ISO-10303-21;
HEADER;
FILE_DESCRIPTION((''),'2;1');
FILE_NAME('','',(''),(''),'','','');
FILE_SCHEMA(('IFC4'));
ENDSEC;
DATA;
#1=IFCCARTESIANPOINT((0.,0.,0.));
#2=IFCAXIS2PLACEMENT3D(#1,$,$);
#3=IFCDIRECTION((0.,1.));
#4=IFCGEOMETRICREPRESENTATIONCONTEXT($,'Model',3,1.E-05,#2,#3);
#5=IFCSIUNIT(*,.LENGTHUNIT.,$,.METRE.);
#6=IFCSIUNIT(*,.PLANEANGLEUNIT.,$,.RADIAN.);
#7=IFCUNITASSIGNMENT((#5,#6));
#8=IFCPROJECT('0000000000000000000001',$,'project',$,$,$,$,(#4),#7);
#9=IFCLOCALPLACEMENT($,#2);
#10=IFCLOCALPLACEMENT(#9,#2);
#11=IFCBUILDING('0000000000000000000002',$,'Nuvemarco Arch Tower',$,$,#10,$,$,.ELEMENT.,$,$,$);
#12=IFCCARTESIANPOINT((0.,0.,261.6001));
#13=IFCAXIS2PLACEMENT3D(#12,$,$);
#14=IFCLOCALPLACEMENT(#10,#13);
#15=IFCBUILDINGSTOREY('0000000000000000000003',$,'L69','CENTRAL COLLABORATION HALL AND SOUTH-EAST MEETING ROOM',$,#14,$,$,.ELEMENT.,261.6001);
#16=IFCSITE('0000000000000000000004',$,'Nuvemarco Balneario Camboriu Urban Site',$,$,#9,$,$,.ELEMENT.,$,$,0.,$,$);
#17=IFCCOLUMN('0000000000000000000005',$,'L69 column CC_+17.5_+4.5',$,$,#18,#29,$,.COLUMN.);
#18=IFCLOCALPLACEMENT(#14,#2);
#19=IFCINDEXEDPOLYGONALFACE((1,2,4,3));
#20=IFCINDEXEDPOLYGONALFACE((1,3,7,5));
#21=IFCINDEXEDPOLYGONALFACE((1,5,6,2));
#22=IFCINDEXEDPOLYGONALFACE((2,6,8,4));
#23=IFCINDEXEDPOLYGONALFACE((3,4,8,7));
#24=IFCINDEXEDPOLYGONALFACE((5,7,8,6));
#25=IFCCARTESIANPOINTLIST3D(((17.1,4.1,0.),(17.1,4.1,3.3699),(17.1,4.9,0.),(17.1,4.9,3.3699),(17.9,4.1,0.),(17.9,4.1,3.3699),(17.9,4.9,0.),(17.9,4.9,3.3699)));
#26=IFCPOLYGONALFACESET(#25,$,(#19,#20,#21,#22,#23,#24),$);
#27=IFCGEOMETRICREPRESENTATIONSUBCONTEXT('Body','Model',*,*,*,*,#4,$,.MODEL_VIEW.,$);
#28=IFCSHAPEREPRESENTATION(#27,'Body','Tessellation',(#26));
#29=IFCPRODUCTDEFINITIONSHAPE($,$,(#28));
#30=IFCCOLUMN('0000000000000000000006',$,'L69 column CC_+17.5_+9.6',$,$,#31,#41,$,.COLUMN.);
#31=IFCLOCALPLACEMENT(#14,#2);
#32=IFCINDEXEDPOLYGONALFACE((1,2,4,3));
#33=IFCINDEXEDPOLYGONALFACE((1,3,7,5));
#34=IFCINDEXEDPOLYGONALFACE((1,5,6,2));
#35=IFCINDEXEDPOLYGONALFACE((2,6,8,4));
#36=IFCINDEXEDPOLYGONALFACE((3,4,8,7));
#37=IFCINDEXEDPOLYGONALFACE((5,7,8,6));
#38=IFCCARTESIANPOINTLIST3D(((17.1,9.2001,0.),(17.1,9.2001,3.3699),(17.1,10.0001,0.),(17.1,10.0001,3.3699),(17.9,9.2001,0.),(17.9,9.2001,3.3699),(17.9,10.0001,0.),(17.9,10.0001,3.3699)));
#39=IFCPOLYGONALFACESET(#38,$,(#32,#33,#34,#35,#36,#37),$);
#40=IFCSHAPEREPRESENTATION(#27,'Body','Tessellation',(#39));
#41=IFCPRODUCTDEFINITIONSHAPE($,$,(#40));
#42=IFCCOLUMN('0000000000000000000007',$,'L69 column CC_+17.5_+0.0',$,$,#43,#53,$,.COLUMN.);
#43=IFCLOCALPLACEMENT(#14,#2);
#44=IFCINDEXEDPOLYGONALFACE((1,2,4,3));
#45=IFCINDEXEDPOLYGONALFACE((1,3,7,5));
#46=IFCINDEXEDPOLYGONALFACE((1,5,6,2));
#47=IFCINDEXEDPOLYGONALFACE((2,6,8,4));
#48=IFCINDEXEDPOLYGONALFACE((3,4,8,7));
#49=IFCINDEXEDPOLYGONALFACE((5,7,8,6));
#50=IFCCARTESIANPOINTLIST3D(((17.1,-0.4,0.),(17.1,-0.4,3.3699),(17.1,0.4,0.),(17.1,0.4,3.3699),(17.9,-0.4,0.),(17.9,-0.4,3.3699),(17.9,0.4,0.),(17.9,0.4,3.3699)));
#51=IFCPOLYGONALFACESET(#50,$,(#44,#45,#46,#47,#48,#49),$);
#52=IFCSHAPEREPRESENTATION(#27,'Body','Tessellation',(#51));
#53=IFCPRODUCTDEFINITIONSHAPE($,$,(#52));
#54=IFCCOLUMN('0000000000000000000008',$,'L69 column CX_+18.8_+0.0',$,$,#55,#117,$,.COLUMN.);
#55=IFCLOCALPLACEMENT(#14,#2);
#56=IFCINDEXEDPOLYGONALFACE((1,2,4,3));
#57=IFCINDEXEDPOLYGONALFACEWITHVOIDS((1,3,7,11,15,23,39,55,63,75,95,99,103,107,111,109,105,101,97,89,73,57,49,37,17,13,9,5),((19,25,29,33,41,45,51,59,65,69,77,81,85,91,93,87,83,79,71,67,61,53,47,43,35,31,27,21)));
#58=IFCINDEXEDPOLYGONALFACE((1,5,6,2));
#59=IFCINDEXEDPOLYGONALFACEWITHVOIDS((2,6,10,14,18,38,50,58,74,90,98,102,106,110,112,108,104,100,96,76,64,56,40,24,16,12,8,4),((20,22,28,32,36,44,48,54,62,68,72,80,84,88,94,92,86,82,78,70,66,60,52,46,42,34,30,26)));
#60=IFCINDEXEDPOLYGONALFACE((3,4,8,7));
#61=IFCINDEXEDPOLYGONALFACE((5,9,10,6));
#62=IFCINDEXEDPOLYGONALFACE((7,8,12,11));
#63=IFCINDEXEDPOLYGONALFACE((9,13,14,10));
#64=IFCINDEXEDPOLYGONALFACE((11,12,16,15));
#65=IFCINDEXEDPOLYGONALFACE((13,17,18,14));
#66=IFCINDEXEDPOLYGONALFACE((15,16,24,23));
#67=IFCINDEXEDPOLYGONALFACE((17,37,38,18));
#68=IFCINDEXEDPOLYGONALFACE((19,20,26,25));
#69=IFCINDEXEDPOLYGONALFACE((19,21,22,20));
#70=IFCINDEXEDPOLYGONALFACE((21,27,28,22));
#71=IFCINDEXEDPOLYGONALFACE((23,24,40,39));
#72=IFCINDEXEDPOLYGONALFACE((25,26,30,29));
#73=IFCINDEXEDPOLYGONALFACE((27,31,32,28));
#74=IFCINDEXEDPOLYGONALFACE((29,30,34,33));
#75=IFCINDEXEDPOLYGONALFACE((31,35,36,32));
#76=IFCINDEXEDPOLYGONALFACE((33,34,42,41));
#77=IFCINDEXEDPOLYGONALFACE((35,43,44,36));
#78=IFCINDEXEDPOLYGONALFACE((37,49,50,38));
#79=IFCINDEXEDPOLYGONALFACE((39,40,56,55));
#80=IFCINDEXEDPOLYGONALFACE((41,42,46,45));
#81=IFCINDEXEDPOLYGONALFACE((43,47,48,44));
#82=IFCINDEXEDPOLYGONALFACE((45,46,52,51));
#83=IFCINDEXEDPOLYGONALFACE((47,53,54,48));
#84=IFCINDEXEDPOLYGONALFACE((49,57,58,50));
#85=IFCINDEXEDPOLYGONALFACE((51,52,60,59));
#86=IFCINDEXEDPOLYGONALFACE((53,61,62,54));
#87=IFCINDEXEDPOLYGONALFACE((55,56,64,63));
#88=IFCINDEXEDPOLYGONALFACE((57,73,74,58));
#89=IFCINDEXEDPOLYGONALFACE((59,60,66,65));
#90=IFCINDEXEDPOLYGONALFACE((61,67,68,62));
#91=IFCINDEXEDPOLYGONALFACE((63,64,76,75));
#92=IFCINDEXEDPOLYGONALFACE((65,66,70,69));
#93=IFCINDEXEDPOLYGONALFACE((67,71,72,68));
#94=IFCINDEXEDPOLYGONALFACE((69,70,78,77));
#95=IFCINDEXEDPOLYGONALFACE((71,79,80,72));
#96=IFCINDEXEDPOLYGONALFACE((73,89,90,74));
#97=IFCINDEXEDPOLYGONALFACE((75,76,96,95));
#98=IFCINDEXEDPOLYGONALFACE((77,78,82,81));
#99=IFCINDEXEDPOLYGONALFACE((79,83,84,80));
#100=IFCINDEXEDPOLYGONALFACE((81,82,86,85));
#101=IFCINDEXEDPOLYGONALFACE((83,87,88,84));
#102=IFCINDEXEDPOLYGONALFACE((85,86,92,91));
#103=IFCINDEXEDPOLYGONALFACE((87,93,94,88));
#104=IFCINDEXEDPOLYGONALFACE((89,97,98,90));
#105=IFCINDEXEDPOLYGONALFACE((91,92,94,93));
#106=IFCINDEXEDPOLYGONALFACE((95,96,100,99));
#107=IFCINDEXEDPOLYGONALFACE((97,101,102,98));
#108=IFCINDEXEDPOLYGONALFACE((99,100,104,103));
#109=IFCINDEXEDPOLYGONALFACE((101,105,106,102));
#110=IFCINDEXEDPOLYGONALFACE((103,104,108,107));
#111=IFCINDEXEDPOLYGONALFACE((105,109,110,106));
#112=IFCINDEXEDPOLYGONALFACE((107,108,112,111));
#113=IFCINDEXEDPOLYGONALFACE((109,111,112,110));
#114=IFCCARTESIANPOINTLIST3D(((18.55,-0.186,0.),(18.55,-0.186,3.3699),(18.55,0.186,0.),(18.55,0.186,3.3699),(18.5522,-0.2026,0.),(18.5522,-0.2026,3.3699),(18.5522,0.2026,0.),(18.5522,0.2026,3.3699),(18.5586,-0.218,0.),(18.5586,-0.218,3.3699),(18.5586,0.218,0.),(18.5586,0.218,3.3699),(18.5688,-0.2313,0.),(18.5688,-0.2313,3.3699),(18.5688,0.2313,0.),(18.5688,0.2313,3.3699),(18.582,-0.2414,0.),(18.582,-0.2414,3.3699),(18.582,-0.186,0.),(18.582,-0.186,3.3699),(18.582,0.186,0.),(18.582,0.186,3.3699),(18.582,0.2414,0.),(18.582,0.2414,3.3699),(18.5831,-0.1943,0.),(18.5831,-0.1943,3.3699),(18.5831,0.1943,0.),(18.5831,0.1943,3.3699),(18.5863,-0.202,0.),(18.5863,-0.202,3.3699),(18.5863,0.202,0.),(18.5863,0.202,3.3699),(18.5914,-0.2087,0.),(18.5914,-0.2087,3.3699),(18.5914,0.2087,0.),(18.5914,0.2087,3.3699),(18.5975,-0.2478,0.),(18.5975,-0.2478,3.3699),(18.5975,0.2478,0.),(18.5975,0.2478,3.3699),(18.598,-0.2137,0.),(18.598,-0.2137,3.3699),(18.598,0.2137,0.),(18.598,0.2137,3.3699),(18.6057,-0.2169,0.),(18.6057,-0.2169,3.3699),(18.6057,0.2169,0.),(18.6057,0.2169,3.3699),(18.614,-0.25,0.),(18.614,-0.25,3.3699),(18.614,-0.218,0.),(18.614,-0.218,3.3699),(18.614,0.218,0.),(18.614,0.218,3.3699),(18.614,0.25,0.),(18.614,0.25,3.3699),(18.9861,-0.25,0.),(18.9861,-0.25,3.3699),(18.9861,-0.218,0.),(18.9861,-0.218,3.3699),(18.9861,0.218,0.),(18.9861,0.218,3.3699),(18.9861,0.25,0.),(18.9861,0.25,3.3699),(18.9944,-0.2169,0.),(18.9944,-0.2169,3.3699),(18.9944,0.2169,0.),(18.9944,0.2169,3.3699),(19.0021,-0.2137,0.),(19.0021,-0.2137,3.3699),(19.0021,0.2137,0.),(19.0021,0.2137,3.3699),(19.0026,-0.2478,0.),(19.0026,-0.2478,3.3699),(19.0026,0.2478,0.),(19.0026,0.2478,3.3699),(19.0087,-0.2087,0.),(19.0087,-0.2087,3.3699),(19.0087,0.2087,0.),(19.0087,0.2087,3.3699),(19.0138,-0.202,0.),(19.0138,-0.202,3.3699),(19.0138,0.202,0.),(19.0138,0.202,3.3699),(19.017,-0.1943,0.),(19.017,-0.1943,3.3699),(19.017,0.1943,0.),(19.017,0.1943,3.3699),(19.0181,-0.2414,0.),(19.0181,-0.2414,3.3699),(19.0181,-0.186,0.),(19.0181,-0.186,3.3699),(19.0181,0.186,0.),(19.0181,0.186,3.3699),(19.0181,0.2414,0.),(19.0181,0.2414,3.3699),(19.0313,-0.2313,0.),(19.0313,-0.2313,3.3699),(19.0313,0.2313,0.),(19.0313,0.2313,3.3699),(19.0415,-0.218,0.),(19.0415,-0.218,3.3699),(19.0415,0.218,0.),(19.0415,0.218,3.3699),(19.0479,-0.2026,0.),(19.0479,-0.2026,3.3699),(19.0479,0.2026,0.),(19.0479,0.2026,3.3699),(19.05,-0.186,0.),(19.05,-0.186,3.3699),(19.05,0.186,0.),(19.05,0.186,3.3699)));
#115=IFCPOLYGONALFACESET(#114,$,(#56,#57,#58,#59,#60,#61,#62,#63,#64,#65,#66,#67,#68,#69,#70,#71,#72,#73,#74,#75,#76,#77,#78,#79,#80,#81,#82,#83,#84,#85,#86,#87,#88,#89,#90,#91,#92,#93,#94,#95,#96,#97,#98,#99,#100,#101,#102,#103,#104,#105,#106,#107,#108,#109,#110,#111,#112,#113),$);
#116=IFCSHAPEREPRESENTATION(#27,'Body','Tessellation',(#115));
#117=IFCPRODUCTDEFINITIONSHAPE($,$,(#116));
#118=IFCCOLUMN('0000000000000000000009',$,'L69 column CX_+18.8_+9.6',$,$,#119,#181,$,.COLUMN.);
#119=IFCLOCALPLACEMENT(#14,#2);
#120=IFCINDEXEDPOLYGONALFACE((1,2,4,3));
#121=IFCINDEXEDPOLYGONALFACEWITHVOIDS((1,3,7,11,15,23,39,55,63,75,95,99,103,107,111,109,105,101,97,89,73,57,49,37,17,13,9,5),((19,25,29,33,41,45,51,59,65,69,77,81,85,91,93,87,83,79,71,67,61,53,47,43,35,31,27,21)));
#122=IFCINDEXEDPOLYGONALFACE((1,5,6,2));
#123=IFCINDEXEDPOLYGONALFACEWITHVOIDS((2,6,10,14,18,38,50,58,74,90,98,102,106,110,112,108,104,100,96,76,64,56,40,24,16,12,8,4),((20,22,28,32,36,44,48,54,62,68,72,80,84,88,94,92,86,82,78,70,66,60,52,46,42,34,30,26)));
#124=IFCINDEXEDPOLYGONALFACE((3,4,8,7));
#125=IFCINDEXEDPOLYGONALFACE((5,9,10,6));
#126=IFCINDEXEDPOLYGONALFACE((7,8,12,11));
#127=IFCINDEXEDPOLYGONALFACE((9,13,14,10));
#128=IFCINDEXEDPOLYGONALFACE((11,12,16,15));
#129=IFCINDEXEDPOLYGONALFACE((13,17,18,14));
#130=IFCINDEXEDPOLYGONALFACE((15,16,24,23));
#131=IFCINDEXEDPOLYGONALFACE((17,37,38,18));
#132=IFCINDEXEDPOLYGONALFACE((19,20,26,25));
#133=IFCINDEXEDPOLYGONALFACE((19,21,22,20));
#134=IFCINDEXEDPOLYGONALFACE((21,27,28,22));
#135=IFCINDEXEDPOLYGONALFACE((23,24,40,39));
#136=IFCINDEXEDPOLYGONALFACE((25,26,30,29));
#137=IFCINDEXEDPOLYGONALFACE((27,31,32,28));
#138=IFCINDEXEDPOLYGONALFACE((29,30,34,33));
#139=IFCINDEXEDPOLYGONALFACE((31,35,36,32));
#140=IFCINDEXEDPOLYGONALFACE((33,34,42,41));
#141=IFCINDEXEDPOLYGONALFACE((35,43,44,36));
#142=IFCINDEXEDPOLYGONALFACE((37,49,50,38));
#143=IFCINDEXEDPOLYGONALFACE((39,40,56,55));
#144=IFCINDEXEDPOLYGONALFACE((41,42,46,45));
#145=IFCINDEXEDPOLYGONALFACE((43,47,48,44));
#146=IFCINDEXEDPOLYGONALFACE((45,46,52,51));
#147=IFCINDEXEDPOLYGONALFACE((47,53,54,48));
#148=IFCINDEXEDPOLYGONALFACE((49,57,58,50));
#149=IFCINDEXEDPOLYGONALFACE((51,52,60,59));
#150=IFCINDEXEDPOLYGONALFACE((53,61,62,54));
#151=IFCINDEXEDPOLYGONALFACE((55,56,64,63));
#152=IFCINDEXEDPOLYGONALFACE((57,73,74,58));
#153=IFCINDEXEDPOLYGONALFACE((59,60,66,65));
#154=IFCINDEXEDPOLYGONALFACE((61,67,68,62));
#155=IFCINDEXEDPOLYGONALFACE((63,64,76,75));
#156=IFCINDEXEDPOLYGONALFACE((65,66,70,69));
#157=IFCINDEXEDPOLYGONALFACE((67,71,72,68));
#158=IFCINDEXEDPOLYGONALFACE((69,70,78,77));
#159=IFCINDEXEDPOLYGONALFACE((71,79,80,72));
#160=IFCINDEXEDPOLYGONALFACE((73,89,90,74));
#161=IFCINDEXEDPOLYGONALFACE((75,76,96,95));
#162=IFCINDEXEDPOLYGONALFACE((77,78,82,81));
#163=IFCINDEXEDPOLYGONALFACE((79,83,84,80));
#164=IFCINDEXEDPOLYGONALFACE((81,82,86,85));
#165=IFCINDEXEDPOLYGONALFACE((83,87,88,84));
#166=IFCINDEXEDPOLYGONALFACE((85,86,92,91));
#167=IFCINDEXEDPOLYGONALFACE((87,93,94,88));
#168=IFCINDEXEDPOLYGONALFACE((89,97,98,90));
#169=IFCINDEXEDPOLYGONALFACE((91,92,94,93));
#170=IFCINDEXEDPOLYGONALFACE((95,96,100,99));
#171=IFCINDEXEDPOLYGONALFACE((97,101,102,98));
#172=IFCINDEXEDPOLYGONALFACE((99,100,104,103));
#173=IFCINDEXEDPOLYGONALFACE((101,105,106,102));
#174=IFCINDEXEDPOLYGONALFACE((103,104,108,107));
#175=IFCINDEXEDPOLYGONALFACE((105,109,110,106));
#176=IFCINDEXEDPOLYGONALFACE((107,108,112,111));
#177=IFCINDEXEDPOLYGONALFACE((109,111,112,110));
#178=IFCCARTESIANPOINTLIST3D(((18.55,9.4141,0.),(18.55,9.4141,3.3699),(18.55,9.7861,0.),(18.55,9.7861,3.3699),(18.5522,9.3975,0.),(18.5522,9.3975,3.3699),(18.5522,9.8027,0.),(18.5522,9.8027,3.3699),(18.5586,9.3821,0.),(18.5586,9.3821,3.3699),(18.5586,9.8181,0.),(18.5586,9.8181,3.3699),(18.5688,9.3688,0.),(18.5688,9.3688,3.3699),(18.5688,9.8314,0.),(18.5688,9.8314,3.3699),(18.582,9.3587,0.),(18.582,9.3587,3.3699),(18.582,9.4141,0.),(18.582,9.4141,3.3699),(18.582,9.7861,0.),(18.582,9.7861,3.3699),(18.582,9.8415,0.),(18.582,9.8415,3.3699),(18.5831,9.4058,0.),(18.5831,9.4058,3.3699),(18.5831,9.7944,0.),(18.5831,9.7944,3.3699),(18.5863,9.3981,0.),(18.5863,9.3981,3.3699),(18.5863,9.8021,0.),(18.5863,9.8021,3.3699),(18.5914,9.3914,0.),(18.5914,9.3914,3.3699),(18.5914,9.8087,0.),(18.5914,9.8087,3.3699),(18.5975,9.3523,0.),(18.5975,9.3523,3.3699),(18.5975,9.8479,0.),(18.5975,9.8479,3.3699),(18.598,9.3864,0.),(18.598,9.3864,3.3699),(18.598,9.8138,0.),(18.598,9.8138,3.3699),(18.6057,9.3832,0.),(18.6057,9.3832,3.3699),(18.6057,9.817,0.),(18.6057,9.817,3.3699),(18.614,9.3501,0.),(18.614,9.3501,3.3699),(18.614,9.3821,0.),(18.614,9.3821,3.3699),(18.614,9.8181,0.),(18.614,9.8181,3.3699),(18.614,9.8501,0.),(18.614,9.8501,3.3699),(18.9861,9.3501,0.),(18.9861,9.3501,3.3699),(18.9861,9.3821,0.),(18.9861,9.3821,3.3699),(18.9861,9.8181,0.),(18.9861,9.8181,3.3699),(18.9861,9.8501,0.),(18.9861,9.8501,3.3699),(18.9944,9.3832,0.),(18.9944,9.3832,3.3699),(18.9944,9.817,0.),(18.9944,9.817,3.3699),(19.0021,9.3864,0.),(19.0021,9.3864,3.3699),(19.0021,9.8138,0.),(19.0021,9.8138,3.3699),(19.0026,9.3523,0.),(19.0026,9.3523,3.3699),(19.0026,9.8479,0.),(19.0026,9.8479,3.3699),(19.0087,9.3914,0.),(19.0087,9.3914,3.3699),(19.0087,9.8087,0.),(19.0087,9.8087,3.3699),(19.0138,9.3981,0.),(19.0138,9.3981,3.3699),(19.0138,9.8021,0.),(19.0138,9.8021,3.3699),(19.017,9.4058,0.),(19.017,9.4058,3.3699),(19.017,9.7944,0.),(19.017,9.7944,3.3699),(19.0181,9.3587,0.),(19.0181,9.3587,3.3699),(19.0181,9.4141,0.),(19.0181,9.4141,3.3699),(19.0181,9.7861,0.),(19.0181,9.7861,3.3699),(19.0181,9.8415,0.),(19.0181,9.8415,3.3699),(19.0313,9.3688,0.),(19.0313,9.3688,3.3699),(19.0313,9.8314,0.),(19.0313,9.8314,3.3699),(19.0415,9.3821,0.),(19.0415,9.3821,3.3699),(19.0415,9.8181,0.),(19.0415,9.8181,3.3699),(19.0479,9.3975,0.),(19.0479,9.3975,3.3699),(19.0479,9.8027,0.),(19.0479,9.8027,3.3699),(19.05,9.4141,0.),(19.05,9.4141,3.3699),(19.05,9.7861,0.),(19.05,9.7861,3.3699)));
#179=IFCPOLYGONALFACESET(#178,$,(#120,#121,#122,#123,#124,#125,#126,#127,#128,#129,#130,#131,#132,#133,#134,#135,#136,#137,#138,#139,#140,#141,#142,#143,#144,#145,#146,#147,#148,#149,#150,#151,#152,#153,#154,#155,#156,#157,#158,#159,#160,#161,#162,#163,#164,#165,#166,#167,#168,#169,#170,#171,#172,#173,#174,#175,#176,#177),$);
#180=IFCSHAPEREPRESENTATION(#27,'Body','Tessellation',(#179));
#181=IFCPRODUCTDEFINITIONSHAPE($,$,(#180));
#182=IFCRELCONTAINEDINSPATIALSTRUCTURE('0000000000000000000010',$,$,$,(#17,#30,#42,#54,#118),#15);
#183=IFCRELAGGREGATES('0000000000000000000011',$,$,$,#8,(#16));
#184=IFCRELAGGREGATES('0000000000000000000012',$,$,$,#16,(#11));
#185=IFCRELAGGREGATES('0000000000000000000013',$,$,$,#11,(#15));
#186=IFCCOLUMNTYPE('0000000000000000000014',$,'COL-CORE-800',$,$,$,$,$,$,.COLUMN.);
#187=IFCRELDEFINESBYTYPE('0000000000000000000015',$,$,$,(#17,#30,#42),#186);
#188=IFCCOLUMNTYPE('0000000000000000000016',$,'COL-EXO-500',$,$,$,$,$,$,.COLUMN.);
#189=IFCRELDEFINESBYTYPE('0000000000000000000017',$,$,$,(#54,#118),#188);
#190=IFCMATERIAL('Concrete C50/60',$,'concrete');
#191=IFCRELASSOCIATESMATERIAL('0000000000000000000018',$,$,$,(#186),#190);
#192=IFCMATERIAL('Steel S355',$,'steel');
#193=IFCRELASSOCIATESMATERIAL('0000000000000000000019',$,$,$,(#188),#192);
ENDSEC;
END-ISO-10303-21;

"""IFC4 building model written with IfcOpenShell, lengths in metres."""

from ifc_helpers import new_model, si_unit, direction, frame, origin, origin_2d, place, context, subcontext, project, spatial, rectangle, hollow_rectangle, extrude, material, material_profile, profile_set, type_object, element, save


model = new_model("IFC4")

# Units and contexts
model_context = context("Model", 3, precision=1e-05, world=origin(), true_north=direction((0.0, 1.0)))
body_context = subcontext(model_context, "Body", "Model", "MODEL_VIEW")
ifc_project = project(units=[si_unit("LENGTHUNIT", "METRE"), si_unit("PLANEANGLEUNIT", "RADIAN")], contexts=[model_context])

# Site, building, storey
site_placement = place(None, origin())
site = spatial("IfcSite", under=ifc_project, at=site_placement, Name="Nuvemarco Balneario Camboriu Urban Site", CompositionType="ELEMENT", RefElevation=0.0)
building_placement = place(site_placement, origin())
building = spatial("IfcBuilding", under=site, at=building_placement, Name="Nuvemarco Arch Tower", CompositionType="ELEMENT")
storey_placement = place(building_placement, frame((0.0, 0.0, 261.6001)))
storey = spatial("IfcBuildingStorey", under=building, at=storey_placement, Name="L69", Description="CENTRAL COLLABORATION HALL AND SOUTH-EAST MEETING ROOM", CompositionType="ELEMENT", Elevation=261.6001)

# Columns
ifc_material_1 = material(Name="Concrete C50/60", Category="concrete")
ifc_material_profile_1 = material_profile(ifc_material_1, rectangle(XDim=0.8, YDim=0.8, at=origin_2d()), Name="RC-COL-800x800")
ifc_profile_set_1 = profile_set([ifc_material_profile_1], Name="Concrete C50/60")
column_type_1 = type_object("IfcColumnType", Name="COL-CORE-800", PredefinedType="COLUMN", material=ifc_profile_set_1)
for number, where, z_axis, x_axis, name in (
    (1, (17.5, 4.5, 0.0), (0.0, 0.0, 1.0), (1.0, 0.0, 0.0), "L69 column CC_+17.5_+4.5"),
    (2, (17.5, 9.6001, 0.0), (0.0, 0.0, 1.0), (1.0, 0.0, 0.0), "L69 column CC_+17.5_+9.6"),
    (3, (17.5, 0.0, 0.0), (0.0, 0.0, 1.0), (1.0, 0.0, 0.0), "L69 column CC_+17.5_+0.0"),
):
    element("IfcColumn", number, at=place(storey_placement, frame(where, z_axis=z_axis, x_axis=x_axis)), inside=storey, type_object=column_type_1, Name=name, PredefinedType="COLUMN", context=body_context, shape_type="SweptSolid", body=[
        extrude(rectangle(XDim=0.8, YDim=0.8, at=origin_2d()), origin(), (0.0, 0.0, 1.0), 3.3699),
    ])
ifc_material_2 = material(Name="Steel S355", Category="steel")
ifc_material_profile_2 = material_profile(ifc_material_2, hollow_rectangle(XDim=0.5, YDim=0.5, WallThickness=0.032, InnerFilletRadius=0.032, OuterFilletRadius=0.064, at=origin_2d()), Name="SHS500x500x32")
ifc_profile_set_2 = profile_set([ifc_material_profile_2], Name="Steel S355")
column_type_2 = type_object("IfcColumnType", Name="COL-EXO-500", PredefinedType="COLUMN", material=ifc_profile_set_2)
for number, where, z_axis, x_axis, name in (
    (4, (18.8, 0.0, 0.0), (0.0, 0.0, 1.0), (1.0, 0.0, 0.0), "L69 column CX_+18.8_+0.0"),
    (5, (18.8, 9.6001, 0.0), (0.0, 0.0, 1.0), (1.0, 0.0, 0.0), "L69 column CX_+18.8_+9.6"),
):
    element("IfcColumn", number, at=place(storey_placement, frame(where, z_axis=z_axis, x_axis=x_axis)), inside=storey, type_object=column_type_2, Name=name, PredefinedType="COLUMN", context=body_context, shape_type="SweptSolid", body=[
        extrude(hollow_rectangle(XDim=0.5, YDim=0.5, WallThickness=0.032, InnerFilletRadius=0.032, OuterFilletRadius=0.064, at=origin_2d()), origin(), (0.0, 0.0, 1.0), 3.3699),
    ])

save(model, "model.ifc")
